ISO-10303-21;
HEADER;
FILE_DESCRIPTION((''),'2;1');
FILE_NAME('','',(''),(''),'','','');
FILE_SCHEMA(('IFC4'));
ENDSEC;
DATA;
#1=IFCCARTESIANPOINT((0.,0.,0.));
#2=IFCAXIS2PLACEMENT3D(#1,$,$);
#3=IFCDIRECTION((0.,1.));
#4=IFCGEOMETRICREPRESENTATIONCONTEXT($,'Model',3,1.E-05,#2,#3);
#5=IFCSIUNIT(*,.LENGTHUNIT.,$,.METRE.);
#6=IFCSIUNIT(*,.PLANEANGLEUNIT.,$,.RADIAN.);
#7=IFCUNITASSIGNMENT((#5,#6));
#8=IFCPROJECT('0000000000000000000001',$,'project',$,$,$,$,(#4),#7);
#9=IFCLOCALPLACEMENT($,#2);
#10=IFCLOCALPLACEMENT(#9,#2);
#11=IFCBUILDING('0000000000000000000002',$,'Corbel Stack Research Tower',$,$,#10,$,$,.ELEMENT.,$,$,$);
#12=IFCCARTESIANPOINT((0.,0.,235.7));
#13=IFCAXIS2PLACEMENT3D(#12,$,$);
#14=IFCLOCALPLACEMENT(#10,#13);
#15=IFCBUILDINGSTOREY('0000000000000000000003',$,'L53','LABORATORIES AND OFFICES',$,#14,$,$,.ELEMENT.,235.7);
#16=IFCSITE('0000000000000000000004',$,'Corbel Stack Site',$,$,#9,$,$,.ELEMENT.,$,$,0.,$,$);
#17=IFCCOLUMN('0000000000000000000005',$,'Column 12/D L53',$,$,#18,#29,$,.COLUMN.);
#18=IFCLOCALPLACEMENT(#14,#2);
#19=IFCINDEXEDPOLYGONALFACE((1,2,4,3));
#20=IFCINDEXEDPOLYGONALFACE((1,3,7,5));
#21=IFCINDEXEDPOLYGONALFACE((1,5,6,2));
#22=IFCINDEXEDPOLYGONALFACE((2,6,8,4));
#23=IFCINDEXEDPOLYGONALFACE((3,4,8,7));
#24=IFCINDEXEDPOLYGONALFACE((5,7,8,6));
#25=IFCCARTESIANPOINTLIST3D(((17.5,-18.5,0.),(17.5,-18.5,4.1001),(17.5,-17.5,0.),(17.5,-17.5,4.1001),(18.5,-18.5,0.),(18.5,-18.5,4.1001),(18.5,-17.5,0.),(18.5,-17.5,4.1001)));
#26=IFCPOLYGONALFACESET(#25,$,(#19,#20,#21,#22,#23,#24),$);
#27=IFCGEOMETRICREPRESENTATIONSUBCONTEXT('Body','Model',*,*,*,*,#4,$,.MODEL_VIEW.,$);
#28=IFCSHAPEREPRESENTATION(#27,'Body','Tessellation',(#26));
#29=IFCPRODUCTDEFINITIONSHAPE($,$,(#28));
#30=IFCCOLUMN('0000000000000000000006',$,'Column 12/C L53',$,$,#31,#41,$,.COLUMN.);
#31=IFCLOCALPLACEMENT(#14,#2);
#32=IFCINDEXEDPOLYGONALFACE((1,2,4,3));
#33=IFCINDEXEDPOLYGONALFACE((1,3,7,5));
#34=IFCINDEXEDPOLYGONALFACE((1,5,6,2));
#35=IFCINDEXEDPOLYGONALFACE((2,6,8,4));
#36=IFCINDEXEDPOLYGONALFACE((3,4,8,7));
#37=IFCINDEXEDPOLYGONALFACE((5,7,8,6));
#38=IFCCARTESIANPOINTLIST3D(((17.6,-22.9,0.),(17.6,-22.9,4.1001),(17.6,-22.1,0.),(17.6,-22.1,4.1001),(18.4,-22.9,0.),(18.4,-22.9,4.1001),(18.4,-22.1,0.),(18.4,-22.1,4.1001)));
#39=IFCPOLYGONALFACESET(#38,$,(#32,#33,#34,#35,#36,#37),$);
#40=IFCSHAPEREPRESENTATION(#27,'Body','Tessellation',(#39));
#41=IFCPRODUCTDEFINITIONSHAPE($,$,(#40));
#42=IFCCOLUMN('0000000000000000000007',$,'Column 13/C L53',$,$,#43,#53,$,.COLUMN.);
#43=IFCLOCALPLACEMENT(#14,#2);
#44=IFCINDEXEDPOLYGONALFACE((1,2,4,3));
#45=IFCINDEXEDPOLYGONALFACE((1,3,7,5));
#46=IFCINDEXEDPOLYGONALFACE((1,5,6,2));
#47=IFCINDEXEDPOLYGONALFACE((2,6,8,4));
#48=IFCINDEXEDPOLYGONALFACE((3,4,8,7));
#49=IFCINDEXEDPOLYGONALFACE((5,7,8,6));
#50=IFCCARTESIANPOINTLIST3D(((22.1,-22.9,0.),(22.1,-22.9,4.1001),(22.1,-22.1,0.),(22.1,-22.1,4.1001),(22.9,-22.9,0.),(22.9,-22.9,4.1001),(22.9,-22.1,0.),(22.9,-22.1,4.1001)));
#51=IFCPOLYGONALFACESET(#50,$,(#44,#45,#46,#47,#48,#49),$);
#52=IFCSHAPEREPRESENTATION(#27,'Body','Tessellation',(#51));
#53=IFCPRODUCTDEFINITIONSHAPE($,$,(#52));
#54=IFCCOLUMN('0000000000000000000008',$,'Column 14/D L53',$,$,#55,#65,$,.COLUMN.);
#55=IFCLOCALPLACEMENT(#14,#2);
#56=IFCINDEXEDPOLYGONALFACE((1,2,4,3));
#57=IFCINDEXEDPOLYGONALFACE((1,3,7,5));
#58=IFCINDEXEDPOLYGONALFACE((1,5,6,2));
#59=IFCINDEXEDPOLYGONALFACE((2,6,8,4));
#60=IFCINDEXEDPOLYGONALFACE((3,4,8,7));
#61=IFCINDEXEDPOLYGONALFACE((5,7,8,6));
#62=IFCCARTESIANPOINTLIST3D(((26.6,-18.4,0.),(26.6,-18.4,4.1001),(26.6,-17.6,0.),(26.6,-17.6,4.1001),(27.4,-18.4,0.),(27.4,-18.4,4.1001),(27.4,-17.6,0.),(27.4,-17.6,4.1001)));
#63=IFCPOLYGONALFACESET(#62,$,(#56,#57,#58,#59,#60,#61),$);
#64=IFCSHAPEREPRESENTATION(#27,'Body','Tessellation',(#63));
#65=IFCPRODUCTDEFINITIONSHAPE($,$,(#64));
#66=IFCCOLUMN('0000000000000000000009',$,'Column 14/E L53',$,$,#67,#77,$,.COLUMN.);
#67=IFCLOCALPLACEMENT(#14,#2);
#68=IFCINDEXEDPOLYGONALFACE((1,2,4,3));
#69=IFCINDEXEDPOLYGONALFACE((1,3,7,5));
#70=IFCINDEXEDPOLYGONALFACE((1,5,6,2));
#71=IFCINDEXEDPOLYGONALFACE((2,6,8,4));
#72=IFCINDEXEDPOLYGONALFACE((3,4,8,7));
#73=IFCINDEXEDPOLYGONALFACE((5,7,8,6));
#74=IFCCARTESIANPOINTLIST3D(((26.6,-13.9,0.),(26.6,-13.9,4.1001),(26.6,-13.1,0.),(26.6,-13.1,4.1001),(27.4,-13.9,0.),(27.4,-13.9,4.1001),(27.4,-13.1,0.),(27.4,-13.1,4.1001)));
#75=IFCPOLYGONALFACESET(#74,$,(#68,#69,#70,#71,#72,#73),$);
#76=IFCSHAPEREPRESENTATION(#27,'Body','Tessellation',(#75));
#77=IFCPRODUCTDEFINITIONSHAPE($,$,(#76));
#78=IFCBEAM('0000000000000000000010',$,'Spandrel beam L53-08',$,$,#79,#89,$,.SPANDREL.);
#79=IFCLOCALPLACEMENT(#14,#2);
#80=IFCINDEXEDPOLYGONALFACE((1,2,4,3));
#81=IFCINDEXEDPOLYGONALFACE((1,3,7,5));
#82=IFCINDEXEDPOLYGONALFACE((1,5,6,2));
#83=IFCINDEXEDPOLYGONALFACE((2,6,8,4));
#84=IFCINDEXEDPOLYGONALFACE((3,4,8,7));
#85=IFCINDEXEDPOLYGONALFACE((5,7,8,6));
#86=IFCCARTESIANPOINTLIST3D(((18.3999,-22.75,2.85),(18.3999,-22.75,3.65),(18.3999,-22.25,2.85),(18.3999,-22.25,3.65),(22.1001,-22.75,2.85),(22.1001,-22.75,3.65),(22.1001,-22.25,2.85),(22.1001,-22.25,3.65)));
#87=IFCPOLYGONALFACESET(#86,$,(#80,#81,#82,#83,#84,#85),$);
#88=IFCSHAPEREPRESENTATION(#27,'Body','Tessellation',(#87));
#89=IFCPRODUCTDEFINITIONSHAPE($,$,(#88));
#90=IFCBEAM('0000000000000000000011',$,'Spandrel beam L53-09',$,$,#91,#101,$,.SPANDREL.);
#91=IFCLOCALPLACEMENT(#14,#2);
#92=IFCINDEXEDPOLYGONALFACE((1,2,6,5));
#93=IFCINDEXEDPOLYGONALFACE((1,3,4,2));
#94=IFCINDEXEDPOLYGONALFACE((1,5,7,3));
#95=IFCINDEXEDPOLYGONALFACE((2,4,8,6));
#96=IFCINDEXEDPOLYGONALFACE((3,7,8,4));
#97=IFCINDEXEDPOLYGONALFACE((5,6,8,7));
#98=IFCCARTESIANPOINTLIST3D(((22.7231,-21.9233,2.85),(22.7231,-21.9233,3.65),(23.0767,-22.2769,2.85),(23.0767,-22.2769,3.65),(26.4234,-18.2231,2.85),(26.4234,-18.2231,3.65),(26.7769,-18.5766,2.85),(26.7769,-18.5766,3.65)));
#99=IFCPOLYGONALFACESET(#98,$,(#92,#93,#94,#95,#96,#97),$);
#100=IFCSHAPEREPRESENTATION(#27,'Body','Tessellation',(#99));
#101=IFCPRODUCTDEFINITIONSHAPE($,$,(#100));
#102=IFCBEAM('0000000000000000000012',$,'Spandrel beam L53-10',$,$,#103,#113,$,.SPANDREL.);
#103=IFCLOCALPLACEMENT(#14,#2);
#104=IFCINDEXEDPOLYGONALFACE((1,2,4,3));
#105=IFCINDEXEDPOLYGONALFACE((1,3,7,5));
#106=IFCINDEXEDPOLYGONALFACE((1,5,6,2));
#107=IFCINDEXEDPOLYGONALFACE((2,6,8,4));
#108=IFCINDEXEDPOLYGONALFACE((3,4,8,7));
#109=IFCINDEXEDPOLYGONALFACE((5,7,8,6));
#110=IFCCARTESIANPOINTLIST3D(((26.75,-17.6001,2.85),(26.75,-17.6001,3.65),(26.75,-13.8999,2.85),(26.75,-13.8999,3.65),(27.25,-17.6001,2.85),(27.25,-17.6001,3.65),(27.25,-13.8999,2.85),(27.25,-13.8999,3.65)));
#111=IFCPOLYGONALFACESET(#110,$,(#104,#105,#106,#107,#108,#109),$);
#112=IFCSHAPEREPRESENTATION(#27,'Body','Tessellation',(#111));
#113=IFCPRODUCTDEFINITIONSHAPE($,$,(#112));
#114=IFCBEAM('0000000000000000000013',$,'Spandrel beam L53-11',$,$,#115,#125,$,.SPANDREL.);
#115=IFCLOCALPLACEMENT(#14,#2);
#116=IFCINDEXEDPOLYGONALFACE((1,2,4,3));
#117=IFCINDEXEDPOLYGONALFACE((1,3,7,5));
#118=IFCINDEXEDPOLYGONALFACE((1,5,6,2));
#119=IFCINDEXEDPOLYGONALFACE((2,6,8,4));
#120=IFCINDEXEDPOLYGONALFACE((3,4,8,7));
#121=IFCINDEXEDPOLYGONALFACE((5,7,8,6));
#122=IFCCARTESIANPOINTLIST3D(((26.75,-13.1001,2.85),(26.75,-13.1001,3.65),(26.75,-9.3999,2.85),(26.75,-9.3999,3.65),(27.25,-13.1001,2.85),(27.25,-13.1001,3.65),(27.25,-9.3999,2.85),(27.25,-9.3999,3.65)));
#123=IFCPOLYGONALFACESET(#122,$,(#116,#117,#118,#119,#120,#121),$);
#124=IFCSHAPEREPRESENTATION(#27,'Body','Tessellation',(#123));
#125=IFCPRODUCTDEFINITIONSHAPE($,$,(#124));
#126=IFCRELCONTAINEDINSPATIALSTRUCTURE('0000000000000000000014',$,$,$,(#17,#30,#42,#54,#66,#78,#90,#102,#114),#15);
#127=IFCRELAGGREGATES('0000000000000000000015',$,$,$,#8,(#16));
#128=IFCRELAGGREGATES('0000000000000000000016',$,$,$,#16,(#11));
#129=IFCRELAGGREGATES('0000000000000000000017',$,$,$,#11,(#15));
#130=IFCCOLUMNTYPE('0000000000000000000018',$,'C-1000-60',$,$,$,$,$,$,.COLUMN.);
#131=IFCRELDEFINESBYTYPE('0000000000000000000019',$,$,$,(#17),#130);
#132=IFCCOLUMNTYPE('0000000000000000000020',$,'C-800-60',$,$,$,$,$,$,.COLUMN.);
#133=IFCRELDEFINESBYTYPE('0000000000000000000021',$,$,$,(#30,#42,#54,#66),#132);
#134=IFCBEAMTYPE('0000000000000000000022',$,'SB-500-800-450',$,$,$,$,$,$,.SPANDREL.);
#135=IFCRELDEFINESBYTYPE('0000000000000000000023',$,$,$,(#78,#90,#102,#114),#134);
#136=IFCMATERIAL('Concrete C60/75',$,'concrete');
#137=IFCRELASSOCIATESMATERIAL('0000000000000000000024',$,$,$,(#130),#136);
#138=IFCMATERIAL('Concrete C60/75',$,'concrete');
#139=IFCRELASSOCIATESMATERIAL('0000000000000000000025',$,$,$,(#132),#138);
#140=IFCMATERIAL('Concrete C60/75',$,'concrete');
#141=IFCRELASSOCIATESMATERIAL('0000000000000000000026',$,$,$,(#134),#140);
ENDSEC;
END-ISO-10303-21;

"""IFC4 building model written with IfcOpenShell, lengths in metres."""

from ifc_helpers import new_model, si_unit, direction, frame, origin, origin_2d, place, context, subcontext, project, spatial, rectangle, extrude, material, material_profile, profile_set, type_object, element, save


model = new_model("IFC4")

# Units and contexts
model_context = context("Model", 3, precision=1e-05, world=origin(), true_north=direction((0.0, 1.0)))
body_context = subcontext(model_context, "Body", "Model", "MODEL_VIEW")
ifc_project = project(units=[si_unit("LENGTHUNIT", "METRE"), si_unit("PLANEANGLEUNIT", "RADIAN")], contexts=[model_context])

# Site, building, storey
site_placement = place(None, origin())
site = spatial("IfcSite", under=ifc_project, at=site_placement, Name="Corbel Stack Site", CompositionType="ELEMENT", RefElevation=0.0)
building_placement = place(site_placement, origin())
building = spatial("IfcBuilding", under=site, at=building_placement, Name="Corbel Stack Research Tower", CompositionType="ELEMENT")
storey_placement = place(building_placement, frame((0.0, 0.0, 235.7)))
storey = spatial("IfcBuildingStorey", under=building, at=storey_placement, Name="L53", Description="LABORATORIES AND OFFICES", CompositionType="ELEMENT", Elevation=235.7)

# Columns
ifc_material_1 = material(Name="Concrete C60/75", Category="concrete")
ifc_material_profile_1 = material_profile(ifc_material_1, rectangle(XDim=1.0, YDim=1.0, at=origin_2d()), Name="RC 1000 x 1000")
ifc_profile_set_1 = profile_set([ifc_material_profile_1], Name="Concrete C60/75")
column_type_1 = type_object("IfcColumnType", Name="C-1000-60", PredefinedType="COLUMN", material=ifc_profile_set_1)
column_placement = place(storey_placement, frame((18.0, -18.0, 0.0), z_axis=(0.0, 0.0, 1.0), x_axis=(1.0, 0.0, 0.0)))
element("IfcColumn", 1, at=column_placement, inside=storey, type_object=column_type_1, Name="Column 12/D L53", PredefinedType="COLUMN", context=body_context, shape_type="SweptSolid", body=[
    extrude(rectangle(XDim=1.0, YDim=1.0, at=origin_2d()), origin(), (0.0, 0.0, 1.0), 4.1001),
])
ifc_material_2 = material(Name="Concrete C60/75", Category="concrete")
ifc_material_profile_2 = material_profile(ifc_material_2, rectangle(XDim=0.8, YDim=0.8, at=origin_2d()), Name="RC 800 x 800")
ifc_profile_set_2 = profile_set([ifc_material_profile_2], Name="Concrete C60/75")
column_type_2 = type_object("IfcColumnType", Name="C-800-60", PredefinedType="COLUMN", material=ifc_profile_set_2)
for number, where, z_axis, x_axis, name in (
    (2, (18.0, -22.5, 0.0), (0.0, 0.0, 1.0), (1.0, 0.0, 0.0), "Column 12/C L53"),
    (3, (22.5, -22.5, 0.0), (0.0, 0.0, 1.0), (1.0, 0.0, 0.0), "Column 13/C L53"),
    (4, (27.0, -18.0, 0.0), (0.0, 0.0, 1.0), (1.0, 0.0, 0.0), "Column 14/D L53"),
    (5, (27.0, -13.5, 0.0), (0.0, 0.0, 1.0), (1.0, 0.0, 0.0), "Column 14/E L53"),
):
    element("IfcColumn", number, at=place(storey_placement, frame(where, z_axis=z_axis, x_axis=x_axis)), inside=storey, type_object=column_type_2, Name=name, PredefinedType="COLUMN", context=body_context, shape_type="SweptSolid", body=[
        extrude(rectangle(XDim=0.8, YDim=0.8, at=origin_2d()), origin(), (0.0, 0.0, 1.0), 4.1001),
    ])

# Beams
ifc_material_3 = material(Name="Concrete C60/75", Category="concrete")
ifc_material_profile_3 = material_profile(ifc_material_3, rectangle(XDim=0.5, YDim=0.8, at=origin_2d()), Name="RC 500 x 800")
ifc_profile_set_3 = profile_set([ifc_material_profile_3], Name="Concrete C60/75")
beam_type = type_object("IfcBeamType", Name="SB-500-800-450", PredefinedType="SPANDREL", material=ifc_profile_set_3)
beam_1_placement = place(storey_placement, frame((18.3999, -22.5, 3.25), z_axis=(1.0, 0.0, 0.0), x_axis=(0.0, 1.0, 0.0)))
element("IfcBeam", 6, at=beam_1_placement, inside=storey, type_object=beam_type, Name="Spandrel beam L53-08", PredefinedType="SPANDREL", context=body_context, shape_type="SweptSolid", body=[
    extrude(rectangle(XDim=0.5, YDim=0.8, at=origin_2d()), origin(), (0.0, 0.0, 1.0), 3.7002),
])
beam_2_placement = place(storey_placement, frame((22.8999, -22.1001, 3.25), z_axis=(0.707107, 0.707107, 0.0), x_axis=(-0.707107, 0.707107, 0.0)))
element("IfcBeam", 7, at=beam_2_placement, inside=storey, type_object=beam_type, Name="Spandrel beam L53-09", PredefinedType="SPANDREL", context=body_context, shape_type="SweptSolid", body=[
    extrude(rectangle(XDim=0.5, YDim=0.8, at=origin_2d()), origin(), (0.0, 0.0, 1.0), 5.2329),
])
for number, where, z_axis, x_axis, name in (
    (8, (27.0, -17.6001, 3.25), (0.0, 1.0, 0.0), (-1.0, 0.0, 0.0), "Spandrel beam L53-10"),
    (9, (27.0, -13.1001, 3.25), (0.0, 1.0, 0.0), (-1.0, 0.0, 0.0), "Spandrel beam L53-11"),
):
    element("IfcBeam", number, at=place(storey_placement, frame(where, z_axis=z_axis, x_axis=x_axis)), inside=storey, type_object=beam_type, Name=name, PredefinedType="SPANDREL", context=body_context, shape_type="SweptSolid", body=[
        extrude(rectangle(XDim=0.5, YDim=0.8, at=origin_2d()), origin(), (0.0, 0.0, 1.0), 3.7002),
    ])

save(model, "model.ifc")
